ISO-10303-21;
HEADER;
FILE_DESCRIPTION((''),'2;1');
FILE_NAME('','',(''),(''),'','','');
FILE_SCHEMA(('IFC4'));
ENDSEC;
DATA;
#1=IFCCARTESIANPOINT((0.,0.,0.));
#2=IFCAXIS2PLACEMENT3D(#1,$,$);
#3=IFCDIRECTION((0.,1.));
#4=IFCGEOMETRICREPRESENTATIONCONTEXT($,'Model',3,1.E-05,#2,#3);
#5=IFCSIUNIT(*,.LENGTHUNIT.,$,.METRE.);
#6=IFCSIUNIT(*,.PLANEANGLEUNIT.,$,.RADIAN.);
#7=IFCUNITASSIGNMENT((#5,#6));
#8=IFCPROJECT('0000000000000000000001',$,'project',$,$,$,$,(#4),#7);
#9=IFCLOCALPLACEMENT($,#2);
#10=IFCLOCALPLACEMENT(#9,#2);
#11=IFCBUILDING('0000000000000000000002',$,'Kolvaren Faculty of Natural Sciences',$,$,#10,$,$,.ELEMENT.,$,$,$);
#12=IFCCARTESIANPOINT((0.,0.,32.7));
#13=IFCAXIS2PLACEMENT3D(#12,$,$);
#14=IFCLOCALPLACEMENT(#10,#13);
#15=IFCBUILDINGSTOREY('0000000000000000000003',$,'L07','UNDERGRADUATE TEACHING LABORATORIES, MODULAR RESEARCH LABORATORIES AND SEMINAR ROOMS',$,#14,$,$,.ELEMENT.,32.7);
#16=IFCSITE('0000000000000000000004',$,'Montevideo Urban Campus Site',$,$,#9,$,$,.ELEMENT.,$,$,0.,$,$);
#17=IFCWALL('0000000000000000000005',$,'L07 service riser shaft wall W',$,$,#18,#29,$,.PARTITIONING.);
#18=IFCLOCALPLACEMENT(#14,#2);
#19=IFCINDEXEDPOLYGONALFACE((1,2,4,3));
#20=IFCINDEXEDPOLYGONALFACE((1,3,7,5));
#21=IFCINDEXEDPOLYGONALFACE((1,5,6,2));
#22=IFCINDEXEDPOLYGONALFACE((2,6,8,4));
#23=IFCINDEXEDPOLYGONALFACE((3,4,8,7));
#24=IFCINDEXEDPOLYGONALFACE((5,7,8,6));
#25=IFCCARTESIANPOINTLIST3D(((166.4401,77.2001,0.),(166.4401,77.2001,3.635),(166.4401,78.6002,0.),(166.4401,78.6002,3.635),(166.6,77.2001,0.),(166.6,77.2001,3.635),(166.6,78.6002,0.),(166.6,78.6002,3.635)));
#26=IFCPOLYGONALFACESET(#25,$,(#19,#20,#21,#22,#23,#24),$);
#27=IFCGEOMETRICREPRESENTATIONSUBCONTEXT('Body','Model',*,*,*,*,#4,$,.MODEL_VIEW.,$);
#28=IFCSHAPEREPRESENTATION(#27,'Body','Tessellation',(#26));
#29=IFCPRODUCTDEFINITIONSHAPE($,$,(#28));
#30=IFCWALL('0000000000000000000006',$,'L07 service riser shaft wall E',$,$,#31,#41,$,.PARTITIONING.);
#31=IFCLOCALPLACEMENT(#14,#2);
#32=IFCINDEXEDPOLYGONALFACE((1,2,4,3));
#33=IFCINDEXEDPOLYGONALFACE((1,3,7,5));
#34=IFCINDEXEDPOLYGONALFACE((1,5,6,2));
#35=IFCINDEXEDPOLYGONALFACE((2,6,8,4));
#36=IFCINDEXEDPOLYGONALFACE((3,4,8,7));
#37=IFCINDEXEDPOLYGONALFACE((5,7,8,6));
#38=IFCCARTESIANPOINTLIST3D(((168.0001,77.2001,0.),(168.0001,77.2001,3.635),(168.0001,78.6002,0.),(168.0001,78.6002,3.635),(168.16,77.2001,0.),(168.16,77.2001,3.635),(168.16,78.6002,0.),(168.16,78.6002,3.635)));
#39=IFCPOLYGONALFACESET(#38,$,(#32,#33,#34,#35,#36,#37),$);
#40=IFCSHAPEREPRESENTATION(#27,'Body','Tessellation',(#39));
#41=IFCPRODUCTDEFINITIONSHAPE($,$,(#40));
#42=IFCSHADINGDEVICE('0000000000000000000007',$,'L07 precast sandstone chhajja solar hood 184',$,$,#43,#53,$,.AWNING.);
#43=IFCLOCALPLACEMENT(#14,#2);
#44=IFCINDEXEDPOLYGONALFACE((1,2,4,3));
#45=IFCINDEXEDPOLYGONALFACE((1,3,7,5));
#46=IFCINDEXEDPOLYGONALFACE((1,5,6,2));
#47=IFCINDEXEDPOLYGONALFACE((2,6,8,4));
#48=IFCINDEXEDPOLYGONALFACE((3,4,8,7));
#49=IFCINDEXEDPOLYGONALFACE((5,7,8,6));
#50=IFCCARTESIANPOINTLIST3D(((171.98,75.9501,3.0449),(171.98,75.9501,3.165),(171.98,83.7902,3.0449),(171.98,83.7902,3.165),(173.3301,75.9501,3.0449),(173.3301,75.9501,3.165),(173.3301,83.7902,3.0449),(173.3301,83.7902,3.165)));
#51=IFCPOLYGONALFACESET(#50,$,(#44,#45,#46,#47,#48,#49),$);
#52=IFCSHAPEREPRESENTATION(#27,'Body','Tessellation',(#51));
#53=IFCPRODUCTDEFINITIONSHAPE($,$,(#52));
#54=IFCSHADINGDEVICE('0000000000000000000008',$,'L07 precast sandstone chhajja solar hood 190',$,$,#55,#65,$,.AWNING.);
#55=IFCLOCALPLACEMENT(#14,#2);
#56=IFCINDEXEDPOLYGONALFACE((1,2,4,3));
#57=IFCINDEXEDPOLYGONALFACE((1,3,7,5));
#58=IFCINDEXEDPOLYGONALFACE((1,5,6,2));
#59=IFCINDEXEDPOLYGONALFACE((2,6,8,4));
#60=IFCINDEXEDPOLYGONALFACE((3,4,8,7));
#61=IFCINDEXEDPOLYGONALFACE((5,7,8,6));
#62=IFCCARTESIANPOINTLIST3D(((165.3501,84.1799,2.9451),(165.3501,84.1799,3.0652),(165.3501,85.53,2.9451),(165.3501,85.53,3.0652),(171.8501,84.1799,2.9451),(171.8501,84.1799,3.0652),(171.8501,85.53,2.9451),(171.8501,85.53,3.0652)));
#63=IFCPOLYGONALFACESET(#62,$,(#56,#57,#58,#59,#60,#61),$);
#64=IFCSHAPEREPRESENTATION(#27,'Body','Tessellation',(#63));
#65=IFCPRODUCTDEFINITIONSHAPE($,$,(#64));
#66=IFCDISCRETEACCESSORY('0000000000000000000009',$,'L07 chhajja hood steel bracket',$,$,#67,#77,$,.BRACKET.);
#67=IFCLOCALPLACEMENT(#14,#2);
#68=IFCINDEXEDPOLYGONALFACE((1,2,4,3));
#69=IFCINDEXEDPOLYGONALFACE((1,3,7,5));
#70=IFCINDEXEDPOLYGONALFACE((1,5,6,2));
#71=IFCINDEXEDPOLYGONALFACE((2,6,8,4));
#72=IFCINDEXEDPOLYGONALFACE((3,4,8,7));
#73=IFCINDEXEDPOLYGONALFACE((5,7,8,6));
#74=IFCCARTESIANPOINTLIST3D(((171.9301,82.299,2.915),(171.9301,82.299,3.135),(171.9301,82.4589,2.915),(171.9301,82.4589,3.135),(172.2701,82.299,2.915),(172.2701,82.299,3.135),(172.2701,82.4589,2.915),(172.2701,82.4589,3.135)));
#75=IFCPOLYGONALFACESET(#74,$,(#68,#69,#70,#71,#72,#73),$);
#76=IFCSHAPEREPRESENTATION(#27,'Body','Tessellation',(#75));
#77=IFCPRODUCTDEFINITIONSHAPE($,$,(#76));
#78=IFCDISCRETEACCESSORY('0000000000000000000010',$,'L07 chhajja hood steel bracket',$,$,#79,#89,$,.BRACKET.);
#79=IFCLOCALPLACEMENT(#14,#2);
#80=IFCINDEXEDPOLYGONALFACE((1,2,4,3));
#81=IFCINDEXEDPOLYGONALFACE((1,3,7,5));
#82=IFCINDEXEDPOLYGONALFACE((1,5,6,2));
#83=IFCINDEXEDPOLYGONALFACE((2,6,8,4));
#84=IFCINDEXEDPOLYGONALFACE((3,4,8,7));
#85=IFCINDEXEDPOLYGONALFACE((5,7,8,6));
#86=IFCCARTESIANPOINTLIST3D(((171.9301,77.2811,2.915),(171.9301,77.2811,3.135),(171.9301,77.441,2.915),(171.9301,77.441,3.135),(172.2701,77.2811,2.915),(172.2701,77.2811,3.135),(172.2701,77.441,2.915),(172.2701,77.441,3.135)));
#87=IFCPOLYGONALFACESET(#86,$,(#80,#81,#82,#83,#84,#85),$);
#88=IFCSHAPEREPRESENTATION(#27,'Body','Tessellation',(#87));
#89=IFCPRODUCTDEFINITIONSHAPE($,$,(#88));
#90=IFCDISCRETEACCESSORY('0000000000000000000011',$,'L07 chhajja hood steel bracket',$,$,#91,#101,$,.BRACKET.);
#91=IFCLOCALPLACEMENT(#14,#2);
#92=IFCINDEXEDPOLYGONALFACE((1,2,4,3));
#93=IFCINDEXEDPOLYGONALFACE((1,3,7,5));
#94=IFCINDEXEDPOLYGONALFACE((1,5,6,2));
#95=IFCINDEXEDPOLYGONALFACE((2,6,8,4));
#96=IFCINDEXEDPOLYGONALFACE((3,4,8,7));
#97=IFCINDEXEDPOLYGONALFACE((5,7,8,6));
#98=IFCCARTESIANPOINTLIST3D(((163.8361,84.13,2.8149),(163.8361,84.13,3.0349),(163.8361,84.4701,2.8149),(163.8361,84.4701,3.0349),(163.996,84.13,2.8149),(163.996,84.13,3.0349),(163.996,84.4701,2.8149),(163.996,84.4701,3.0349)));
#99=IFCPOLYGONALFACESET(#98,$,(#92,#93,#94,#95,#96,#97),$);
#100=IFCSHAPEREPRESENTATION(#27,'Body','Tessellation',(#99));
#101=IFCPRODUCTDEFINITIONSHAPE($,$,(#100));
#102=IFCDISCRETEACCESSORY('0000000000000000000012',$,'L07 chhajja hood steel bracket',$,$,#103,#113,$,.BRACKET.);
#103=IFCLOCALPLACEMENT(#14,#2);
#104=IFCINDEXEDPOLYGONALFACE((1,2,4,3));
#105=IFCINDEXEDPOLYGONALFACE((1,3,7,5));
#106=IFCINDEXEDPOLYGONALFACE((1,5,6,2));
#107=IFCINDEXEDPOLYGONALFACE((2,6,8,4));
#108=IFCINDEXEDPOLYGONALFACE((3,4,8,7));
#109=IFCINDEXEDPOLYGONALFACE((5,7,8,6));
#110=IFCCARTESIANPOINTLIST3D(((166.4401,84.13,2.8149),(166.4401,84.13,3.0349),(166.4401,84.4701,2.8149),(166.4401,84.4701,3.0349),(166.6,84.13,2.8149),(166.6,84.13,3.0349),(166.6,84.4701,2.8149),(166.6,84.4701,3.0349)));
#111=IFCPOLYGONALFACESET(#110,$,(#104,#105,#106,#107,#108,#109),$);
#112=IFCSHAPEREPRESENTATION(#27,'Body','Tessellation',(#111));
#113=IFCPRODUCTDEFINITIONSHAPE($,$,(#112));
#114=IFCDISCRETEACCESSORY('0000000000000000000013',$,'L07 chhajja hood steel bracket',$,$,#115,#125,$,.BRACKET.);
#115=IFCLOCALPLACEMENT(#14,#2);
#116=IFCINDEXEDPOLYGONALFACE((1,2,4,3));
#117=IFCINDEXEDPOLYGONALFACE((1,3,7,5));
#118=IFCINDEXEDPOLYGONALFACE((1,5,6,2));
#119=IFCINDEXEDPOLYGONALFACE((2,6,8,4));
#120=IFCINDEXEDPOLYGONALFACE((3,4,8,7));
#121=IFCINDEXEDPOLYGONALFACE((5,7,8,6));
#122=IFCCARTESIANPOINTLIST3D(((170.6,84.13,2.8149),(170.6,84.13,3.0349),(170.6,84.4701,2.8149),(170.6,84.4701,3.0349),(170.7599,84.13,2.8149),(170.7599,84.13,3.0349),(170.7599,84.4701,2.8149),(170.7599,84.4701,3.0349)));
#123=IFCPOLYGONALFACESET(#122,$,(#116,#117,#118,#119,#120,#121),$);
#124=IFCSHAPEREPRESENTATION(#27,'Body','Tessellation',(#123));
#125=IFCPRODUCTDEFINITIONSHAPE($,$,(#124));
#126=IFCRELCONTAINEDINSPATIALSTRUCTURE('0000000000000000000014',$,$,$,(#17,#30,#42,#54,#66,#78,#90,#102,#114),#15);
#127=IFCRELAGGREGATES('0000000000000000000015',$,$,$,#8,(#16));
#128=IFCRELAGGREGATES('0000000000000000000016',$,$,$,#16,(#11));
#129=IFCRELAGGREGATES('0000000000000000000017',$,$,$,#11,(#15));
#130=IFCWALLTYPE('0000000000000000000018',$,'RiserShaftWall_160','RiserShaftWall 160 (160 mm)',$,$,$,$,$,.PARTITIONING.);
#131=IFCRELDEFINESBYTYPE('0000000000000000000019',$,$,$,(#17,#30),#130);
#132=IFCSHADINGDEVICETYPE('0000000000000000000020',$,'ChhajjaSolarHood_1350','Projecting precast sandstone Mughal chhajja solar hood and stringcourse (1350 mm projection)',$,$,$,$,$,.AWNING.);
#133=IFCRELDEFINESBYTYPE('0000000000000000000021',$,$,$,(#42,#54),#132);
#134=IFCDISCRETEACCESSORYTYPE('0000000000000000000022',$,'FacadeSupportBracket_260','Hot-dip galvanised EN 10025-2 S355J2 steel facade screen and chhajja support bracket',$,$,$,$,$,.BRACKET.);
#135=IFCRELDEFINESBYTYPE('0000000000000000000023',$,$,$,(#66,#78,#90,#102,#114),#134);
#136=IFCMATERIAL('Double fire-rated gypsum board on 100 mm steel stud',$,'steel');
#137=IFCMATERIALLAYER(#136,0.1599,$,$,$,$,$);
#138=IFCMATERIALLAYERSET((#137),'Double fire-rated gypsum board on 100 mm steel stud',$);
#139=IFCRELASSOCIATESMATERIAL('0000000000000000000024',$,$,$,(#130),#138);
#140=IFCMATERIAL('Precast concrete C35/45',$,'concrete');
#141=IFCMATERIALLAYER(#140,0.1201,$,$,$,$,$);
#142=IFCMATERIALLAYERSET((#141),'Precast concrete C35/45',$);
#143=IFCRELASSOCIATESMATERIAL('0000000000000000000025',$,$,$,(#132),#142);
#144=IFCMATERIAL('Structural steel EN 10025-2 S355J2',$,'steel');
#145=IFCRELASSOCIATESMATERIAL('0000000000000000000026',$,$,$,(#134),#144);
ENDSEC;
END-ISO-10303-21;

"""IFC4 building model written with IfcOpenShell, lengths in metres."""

from ifc_helpers import new_model, si_unit, direction, frame, frame_2d, origin, origin_2d, place, context, subcontext, project, spatial, rectangle, extrude, material, layer, layer_set, type_object, element, save


model = new_model("IFC4")

# Units and contexts
model_context = context("Model", 3, precision=1e-05, world=origin(), true_north=direction((0.0, 1.0)))
body_context = subcontext(model_context, "Body", "Model", "MODEL_VIEW")
ifc_project = project(units=[si_unit("LENGTHUNIT", "METRE"), si_unit("PLANEANGLEUNIT", "RADIAN")], contexts=[model_context])

# Site, building, storey
site_placement = place(None, origin())
site = spatial("IfcSite", under=ifc_project, at=site_placement, Name="Montevideo Urban Campus Site", CompositionType="ELEMENT", RefElevation=0.0)
building_placement = place(site_placement, origin())
building = spatial("IfcBuilding", under=site, at=building_placement, Name="Kolvaren Faculty of Natural Sciences", CompositionType="ELEMENT")
storey_placement = place(building_placement, frame((0.0, 0.0, 32.7)))
storey = spatial("IfcBuildingStorey", under=building, at=storey_placement, Name="L07", Description="UNDERGRADUATE TEACHING LABORATORIES, MODULAR RESEARCH LABORATORIES AND SEMINAR ROOMS", CompositionType="ELEMENT", Elevation=32.7)

# Shared definitions
ifc_material_1 = material(Name="Precast concrete C35/45", Category="concrete")

# Walls
ifc_material_2 = material(Name="Double fire-rated gypsum board on 100 mm steel stud", Category="steel")
ifc_layer_1 = layer(ifc_material_2, 0.1599)
ifc_layer_set_1 = layer_set([ifc_layer_1], Name="Double fire-rated gypsum board on 100 mm steel stud")
wall_type_1 = type_object("IfcWallType", Name="RiserShaftWall_160", Description="RiserShaftWall 160 (160 mm)", PredefinedType="PARTITIONING", material=ifc_layer_set_1)
for number, where, z_axis, x_axis, name in (
    (1, (166.52, 77.2, 0.0), (0.0, 0.0, 1.0), (0.0, 1.0, 0.0), "L07 service riser shaft wall W"),
    (2, (168.0801, 77.2, 0.0), (0.0, 0.0, 1.0), (0.0, 1.0, 0.0), "L07 service riser shaft wall E"),
):
    element("IfcWall", number, at=place(storey_placement, frame(where, z_axis=z_axis, x_axis=x_axis)), inside=storey, type_object=wall_type_1, Name=name, PredefinedType="PARTITIONING", context=body_context, shape_type="SweptSolid", body=[
        extrude(rectangle(XDim=1.4001, YDim=0.1599, at=frame_2d((0.7002, 0.0))), origin(), (0.0, 0.0, 1.0), 3.635),
    ])

# Shading devices
ifc_layer_2 = layer(ifc_material_1, 0.1201)
ifc_layer_set_2 = layer_set([ifc_layer_2], Name="Precast concrete C35/45")
shading_device_type = type_object("IfcShadingDeviceType", Name="ChhajjaSolarHood_1350", Description="Projecting precast sandstone Mughal chhajja solar hood and stringcourse (1350 mm projection)", PredefinedType="AWNING", material=ifc_layer_set_2)
shading_device_1_placement = place(storey_placement, frame((172.655, 79.8701, 3.0449), z_axis=(0.0, 0.0, 1.0), x_axis=(0.0, -1.0, 0.0)))
element("IfcShadingDevice", 3, at=shading_device_1_placement, inside=storey, type_object=shading_device_type, Name="L07 precast sandstone chhajja solar hood 184", PredefinedType="AWNING", context=body_context, shape_type="SweptSolid", body=[
    extrude(rectangle(XDim=7.8401, YDim=1.3501, at=origin_2d()), origin(), (0.0, 0.0, 1.0), 0.1201),
])
shading_device_2_placement = place(storey_placement, frame((168.6001, 84.855, 2.9451), z_axis=(0.0, 0.0, 1.0), x_axis=(1.0, 0.0, 0.0)))
element("IfcShadingDevice", 4, at=shading_device_2_placement, inside=storey, type_object=shading_device_type, Name="L07 precast sandstone chhajja solar hood 190", PredefinedType="AWNING", context=body_context, shape_type="SweptSolid", body=[
    extrude(rectangle(XDim=6.5, YDim=1.3501, at=origin_2d()), origin(), (0.0, 0.0, 1.0), 0.1201),
])

# Discrete accessories
ifc_material_3 = material(Name="Structural steel EN 10025-2 S355J2", Category="steel")
discrete_accessory_type = type_object("IfcDiscreteAccessoryType", Name="FacadeSupportBracket_260", Description="Hot-dip galvanised EN 10025-2 S355J2 steel facade screen and chhajja support bracket", PredefinedType="BRACKET", material=ifc_material_3)
for number, where, z_axis, x_axis, name in (
    (5, (172.1001, 82.3789, 2.915), (0.0, 0.0, 1.0), (0.0, -1.0, 0.0), "L07 chhajja hood steel bracket"),
    (6, (172.1001, 77.3611, 2.915), (0.0, 0.0, 1.0), (0.0, -1.0, 0.0), "L07 chhajja hood steel bracket"),
    (7, (163.916, 84.3, 2.8149), (0.0, 0.0, 1.0), (1.0, 0.0, 0.0), "L07 chhajja hood steel bracket"),
    (8, (166.52, 84.3, 2.8149), (0.0, 0.0, 1.0), (1.0, 0.0, 0.0), "L07 chhajja hood steel bracket"),
    (9, (170.6799, 84.3, 2.8149), (0.0, 0.0, 1.0), (1.0, 0.0, 0.0), "L07 chhajja hood steel bracket"),
):
    element("IfcDiscreteAccessory", number, at=place(storey_placement, frame(where, z_axis=z_axis, x_axis=x_axis)), inside=storey, type_object=discrete_accessory_type, Name=name, PredefinedType="BRACKET", context=body_context, shape_type="SweptSolid", body=[
        extrude(rectangle(XDim=0.1599, YDim=0.3401, at=origin_2d()), origin(), (0.0, 0.0, 1.0), 0.22),
    ])

save(model, "model.ifc")
